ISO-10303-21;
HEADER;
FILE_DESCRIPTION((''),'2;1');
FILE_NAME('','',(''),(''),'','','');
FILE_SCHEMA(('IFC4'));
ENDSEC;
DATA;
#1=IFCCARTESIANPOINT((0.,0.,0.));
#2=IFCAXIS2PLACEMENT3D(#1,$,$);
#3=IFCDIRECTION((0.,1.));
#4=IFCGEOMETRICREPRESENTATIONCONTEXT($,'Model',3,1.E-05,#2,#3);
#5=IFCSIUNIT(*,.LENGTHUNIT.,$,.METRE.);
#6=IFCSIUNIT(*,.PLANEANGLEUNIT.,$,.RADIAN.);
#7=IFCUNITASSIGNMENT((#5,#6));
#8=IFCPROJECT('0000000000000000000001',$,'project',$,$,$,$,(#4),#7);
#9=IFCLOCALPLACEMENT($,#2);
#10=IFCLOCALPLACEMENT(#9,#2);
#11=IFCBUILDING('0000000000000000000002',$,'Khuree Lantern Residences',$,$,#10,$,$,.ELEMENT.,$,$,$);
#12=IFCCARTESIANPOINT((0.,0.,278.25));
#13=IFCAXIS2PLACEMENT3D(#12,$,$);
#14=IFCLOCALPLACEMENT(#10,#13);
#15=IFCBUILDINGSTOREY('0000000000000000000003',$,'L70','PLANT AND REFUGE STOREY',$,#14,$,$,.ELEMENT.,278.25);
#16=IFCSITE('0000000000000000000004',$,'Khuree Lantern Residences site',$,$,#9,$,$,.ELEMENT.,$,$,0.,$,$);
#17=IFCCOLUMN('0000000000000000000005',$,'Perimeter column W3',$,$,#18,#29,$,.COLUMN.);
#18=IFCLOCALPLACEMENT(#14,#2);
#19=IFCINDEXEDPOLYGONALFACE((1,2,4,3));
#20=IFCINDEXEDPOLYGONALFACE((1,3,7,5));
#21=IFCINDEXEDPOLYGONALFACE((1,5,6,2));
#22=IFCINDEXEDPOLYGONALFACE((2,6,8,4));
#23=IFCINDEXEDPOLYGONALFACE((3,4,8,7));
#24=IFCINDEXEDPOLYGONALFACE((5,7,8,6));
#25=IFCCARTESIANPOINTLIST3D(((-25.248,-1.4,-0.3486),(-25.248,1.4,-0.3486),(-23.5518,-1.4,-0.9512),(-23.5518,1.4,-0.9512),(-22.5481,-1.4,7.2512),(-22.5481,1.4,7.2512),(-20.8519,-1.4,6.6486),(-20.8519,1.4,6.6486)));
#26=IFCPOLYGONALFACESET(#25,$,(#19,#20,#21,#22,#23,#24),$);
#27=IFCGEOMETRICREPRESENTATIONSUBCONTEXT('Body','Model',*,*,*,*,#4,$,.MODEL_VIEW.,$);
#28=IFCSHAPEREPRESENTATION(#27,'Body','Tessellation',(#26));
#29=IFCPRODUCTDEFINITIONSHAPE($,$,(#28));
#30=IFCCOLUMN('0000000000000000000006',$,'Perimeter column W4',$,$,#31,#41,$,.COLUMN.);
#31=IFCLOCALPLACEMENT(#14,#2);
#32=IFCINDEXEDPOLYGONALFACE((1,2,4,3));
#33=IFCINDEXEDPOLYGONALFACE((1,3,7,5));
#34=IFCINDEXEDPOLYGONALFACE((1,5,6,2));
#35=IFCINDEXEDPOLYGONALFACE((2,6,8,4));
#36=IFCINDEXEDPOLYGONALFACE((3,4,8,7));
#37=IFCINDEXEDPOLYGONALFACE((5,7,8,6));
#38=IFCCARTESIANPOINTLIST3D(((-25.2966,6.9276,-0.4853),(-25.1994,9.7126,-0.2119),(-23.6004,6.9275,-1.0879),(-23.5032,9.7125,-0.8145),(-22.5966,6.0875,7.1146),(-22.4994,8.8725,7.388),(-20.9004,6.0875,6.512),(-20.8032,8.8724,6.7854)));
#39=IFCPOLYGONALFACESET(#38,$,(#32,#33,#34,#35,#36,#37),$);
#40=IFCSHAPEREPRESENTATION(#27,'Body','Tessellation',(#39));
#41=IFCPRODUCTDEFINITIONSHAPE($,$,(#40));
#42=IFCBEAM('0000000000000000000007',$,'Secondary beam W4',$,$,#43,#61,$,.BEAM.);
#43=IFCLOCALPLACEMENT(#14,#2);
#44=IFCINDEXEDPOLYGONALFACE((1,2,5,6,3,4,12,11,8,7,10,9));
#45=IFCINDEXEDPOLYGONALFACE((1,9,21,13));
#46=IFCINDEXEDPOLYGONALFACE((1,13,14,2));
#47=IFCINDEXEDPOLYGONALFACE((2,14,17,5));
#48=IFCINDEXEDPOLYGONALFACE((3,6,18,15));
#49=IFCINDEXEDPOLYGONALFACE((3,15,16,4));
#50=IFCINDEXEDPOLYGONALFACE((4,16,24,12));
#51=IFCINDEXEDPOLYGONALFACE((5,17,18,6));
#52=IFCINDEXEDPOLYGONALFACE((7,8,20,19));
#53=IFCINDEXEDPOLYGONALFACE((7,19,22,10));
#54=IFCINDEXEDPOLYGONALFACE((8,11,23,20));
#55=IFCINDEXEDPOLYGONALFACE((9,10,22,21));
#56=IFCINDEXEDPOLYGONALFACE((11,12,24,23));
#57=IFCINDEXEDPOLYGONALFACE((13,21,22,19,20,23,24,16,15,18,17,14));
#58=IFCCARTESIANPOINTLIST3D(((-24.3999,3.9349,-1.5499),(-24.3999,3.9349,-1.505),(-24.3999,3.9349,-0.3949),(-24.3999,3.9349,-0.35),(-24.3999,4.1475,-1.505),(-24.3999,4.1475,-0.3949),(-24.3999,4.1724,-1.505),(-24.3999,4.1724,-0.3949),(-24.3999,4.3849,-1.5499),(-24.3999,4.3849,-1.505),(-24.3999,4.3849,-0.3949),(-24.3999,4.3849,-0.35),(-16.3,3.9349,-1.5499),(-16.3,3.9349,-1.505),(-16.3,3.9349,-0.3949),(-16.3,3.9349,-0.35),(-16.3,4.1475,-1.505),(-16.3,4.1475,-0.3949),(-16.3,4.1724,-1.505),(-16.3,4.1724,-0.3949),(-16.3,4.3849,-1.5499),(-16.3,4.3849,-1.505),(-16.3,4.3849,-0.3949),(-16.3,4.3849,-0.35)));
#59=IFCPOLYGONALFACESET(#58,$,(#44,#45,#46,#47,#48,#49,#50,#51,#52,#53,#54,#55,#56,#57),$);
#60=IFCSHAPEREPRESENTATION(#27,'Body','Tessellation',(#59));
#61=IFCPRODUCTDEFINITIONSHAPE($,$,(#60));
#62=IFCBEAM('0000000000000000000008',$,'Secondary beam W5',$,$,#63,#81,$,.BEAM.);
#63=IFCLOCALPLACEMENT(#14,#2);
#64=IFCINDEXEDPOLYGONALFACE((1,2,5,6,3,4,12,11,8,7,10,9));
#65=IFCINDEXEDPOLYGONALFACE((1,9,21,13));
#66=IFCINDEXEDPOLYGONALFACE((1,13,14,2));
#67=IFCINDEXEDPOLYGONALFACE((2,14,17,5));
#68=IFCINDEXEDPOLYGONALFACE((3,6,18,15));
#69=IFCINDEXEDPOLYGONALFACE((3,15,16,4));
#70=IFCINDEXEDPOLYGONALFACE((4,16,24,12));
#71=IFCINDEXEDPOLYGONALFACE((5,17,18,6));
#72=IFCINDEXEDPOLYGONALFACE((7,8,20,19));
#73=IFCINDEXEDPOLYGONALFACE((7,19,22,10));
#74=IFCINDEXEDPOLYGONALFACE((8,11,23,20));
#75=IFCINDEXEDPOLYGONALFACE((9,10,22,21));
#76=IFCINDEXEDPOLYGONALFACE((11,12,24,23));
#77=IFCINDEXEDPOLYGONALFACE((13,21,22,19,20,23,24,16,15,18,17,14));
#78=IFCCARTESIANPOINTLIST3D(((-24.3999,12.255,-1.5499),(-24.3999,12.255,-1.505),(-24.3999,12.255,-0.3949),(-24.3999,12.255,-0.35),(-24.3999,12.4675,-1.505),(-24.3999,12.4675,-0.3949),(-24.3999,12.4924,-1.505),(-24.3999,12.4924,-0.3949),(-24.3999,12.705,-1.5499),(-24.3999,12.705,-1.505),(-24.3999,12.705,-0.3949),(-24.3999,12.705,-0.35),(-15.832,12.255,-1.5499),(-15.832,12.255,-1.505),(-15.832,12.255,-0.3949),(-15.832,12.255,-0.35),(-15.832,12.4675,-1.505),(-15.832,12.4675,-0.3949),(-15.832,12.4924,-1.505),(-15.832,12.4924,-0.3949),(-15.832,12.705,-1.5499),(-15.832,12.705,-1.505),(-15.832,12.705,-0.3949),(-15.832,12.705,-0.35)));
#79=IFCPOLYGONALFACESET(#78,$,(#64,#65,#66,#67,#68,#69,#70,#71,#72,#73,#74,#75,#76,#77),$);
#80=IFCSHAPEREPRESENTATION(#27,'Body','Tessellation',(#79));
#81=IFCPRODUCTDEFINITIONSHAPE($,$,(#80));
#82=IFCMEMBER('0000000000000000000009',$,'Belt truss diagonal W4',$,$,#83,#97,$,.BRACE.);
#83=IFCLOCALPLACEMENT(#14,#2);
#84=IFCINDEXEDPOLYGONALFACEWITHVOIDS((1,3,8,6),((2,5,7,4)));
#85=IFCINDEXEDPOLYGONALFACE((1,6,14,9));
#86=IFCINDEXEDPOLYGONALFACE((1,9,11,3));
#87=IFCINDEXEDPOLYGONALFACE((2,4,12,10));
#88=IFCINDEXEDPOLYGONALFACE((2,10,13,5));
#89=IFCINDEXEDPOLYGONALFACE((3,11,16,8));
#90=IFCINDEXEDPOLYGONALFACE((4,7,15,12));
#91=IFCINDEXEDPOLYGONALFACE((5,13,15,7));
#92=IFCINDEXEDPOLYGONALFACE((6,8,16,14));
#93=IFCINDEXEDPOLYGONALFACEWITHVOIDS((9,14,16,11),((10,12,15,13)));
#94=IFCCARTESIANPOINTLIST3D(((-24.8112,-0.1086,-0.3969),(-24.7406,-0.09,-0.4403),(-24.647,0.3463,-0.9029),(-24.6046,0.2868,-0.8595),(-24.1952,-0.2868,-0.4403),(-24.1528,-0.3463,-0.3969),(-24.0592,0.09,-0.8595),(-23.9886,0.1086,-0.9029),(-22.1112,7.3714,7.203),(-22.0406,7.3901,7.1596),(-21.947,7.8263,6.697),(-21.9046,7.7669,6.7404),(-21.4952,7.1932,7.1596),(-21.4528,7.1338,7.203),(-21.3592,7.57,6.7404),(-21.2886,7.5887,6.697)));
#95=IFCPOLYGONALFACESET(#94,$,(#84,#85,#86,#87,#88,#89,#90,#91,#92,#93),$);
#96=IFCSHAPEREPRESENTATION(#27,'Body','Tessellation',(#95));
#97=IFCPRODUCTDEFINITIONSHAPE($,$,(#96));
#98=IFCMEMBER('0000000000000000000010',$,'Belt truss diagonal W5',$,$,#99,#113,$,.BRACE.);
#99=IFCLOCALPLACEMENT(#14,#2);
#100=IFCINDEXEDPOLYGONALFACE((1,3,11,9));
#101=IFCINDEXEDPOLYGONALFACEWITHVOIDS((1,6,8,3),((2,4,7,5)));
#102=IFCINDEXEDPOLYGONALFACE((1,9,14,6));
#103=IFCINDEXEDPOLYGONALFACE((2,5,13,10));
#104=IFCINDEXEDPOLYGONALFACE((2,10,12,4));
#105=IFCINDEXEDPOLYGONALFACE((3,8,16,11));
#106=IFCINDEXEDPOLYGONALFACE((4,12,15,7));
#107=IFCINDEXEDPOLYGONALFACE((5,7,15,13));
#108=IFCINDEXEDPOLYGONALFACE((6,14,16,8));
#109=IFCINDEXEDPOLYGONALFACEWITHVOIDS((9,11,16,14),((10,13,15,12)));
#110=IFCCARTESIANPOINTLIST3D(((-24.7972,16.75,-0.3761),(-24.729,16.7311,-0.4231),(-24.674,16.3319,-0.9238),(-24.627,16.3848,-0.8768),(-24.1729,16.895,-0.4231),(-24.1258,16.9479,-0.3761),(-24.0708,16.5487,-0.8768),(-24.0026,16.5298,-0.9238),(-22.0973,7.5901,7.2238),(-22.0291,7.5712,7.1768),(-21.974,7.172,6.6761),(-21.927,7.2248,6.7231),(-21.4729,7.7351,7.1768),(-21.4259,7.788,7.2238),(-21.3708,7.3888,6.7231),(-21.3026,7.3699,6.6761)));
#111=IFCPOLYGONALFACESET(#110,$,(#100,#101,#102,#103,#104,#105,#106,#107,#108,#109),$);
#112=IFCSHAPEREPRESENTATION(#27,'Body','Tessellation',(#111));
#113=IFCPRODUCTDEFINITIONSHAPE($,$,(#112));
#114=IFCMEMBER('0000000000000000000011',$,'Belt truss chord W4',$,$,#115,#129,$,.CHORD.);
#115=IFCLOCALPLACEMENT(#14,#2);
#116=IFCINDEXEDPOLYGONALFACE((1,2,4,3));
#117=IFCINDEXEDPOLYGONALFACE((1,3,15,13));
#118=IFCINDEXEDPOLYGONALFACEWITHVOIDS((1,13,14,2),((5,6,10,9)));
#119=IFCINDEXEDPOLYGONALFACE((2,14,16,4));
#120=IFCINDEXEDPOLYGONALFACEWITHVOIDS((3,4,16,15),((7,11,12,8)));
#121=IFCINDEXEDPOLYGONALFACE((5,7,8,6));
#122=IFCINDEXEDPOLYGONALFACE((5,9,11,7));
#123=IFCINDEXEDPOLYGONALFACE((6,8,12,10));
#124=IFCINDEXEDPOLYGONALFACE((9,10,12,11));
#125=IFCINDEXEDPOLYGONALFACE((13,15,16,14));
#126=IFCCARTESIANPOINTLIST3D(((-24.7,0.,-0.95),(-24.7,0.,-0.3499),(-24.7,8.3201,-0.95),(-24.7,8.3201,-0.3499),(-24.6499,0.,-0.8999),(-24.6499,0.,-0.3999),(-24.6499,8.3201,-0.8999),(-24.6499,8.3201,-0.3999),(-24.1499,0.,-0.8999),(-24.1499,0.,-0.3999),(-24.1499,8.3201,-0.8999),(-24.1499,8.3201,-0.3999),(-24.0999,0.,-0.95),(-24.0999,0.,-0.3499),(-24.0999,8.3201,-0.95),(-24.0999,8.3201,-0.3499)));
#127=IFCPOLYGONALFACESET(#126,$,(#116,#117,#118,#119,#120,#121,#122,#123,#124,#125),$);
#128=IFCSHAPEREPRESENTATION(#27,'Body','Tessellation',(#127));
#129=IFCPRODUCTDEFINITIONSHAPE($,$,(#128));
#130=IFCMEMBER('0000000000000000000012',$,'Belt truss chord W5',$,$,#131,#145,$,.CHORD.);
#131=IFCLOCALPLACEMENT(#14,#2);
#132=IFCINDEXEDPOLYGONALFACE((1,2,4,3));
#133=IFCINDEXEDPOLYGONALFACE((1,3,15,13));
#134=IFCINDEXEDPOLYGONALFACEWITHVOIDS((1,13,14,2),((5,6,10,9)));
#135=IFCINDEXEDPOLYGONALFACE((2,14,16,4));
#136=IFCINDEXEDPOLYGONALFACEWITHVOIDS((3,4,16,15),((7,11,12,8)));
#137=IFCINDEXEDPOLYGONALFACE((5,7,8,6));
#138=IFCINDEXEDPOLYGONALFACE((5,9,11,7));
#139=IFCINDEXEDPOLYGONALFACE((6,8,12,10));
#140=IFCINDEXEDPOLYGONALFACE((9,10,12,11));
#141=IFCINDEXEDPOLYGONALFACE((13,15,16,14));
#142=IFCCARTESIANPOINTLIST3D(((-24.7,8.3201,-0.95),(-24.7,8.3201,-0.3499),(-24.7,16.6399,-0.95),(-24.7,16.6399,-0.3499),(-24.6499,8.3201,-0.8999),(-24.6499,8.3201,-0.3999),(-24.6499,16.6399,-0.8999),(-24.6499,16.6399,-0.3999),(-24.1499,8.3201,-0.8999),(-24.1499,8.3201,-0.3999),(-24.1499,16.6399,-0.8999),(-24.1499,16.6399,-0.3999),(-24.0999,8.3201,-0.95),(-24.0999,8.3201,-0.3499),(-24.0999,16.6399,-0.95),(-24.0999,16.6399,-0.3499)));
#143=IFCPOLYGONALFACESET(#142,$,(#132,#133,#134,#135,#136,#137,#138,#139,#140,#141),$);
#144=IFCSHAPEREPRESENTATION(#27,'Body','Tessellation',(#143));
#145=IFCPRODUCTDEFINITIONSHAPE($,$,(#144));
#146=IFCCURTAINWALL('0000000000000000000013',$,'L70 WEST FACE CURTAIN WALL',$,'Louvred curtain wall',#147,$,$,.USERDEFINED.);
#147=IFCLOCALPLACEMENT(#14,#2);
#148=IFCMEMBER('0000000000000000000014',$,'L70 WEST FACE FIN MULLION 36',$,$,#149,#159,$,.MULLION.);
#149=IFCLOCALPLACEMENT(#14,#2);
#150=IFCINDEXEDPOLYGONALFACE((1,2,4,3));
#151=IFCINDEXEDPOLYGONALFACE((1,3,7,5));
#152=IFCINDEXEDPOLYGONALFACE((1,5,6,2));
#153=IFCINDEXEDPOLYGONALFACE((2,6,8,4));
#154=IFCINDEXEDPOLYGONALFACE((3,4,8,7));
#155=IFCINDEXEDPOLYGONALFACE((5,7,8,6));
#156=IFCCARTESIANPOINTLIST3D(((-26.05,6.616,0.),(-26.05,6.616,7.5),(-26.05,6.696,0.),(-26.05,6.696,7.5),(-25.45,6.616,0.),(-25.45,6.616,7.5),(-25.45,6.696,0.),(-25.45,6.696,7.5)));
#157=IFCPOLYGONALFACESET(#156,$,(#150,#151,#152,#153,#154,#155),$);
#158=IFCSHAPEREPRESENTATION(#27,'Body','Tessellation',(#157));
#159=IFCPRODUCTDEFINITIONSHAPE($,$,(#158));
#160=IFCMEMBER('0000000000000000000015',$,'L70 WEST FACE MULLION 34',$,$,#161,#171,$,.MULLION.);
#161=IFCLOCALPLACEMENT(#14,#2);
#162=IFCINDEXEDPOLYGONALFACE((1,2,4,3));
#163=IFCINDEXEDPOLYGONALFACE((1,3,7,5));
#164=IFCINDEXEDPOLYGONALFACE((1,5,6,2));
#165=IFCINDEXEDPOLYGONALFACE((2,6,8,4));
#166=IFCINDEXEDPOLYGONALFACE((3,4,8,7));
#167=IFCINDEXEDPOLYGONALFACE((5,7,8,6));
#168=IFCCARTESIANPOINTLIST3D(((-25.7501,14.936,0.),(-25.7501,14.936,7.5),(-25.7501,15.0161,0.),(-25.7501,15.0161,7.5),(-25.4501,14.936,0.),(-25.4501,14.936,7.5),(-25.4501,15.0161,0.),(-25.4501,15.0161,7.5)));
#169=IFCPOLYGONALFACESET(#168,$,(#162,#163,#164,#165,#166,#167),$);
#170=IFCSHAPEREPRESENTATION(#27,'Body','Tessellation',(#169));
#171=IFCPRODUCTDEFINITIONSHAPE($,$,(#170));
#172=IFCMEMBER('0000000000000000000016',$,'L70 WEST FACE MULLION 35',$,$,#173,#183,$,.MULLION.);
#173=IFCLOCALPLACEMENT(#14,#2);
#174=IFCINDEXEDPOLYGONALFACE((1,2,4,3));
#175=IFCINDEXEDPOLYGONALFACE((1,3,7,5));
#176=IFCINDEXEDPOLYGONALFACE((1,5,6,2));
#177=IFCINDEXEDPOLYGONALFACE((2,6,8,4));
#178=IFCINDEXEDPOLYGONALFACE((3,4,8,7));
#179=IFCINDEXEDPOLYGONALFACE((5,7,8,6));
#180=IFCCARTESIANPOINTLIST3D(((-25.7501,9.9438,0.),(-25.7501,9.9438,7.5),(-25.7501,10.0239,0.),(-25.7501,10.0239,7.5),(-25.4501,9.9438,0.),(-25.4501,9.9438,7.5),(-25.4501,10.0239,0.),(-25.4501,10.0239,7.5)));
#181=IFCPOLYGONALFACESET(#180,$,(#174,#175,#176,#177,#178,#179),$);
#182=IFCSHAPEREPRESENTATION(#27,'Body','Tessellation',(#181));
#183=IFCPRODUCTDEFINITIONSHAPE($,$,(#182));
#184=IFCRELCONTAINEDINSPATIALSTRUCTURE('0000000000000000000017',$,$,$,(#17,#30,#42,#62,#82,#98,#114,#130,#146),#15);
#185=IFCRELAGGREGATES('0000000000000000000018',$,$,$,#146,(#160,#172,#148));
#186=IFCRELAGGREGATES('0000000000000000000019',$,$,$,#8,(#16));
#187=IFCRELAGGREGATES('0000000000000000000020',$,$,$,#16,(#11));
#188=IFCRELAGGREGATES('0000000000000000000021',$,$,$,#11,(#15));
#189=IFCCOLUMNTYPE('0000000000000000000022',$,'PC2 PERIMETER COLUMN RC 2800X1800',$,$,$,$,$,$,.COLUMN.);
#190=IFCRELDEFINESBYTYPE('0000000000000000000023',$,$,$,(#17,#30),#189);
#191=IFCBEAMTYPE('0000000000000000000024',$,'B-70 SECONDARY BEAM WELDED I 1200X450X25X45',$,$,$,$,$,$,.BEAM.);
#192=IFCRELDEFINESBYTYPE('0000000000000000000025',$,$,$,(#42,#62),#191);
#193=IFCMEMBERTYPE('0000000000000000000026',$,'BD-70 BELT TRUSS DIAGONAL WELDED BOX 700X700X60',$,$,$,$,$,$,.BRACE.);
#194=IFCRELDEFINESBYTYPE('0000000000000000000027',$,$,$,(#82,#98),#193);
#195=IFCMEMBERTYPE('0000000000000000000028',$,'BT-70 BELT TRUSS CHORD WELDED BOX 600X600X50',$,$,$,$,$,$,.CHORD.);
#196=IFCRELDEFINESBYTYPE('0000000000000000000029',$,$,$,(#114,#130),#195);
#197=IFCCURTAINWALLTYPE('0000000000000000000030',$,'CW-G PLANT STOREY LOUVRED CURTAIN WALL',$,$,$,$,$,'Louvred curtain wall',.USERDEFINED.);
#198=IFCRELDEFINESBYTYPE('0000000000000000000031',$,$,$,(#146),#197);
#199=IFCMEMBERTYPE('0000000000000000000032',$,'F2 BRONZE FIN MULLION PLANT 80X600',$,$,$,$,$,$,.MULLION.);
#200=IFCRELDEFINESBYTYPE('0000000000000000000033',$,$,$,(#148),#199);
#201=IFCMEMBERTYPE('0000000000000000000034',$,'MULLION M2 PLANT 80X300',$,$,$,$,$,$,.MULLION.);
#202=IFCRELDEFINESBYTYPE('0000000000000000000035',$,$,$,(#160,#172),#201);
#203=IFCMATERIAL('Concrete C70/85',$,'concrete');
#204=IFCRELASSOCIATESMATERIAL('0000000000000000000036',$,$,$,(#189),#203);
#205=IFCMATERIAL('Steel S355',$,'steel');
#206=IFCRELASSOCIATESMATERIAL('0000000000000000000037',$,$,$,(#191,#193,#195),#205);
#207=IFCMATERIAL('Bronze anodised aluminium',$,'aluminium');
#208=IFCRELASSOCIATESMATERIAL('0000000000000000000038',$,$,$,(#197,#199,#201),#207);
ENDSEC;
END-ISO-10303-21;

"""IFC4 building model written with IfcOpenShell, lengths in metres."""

from ifc_helpers import new_model, si_unit, direction, frame, origin, origin_2d, place, context, subcontext, project, spatial, rectangle, hollow_rectangle, i_section, extrude, material, material_profile, profile_set, type_object, element, aggregate, save


model = new_model("IFC4")

# Units and contexts
model_context = context("Model", 3, precision=1e-05, world=origin(), true_north=direction((0.0, 1.0)))
body_context = subcontext(model_context, "Body", "Model", "MODEL_VIEW")
ifc_project = project(units=[si_unit("LENGTHUNIT", "METRE"), si_unit("PLANEANGLEUNIT", "RADIAN")], contexts=[model_context])

# Site, building, storey
site_placement = place(None, origin())
site = spatial("IfcSite", under=ifc_project, at=site_placement, Name="Khuree Lantern Residences site", CompositionType="ELEMENT", RefElevation=0.0)
building_placement = place(site_placement, origin())
building = spatial("IfcBuilding", under=site, at=building_placement, Name="Khuree Lantern Residences", CompositionType="ELEMENT")
storey_placement = place(building_placement, frame((0.0, 0.0, 278.25)))
storey = spatial("IfcBuildingStorey", under=building, at=storey_placement, Name="L70", Description="PLANT AND REFUGE STOREY", CompositionType="ELEMENT", Elevation=278.25)

# Columns
ifc_material_1 = material(Name="Concrete C70/85", Category="concrete")
ifc_material_profile_1 = material_profile(ifc_material_1, rectangle(XDim=2.8, YDim=1.8, at=origin_2d()), Name="RC 2800X1800")
ifc_profile_set_1 = profile_set([ifc_material_profile_1], Name="Concrete C70/85")
column_type = type_object("IfcColumnType", Name="PC2 PERIMETER COLUMN RC 2800X1800", PredefinedType="COLUMN", material=ifc_profile_set_1)
column_1_placement = place(storey_placement, frame((-24.3999, 0.0, -0.6499), z_axis=(0.334765, 0.0, 0.942302), x_axis=(0.0, 1.0, 0.0)))
element("IfcColumn", 1, at=column_1_placement, inside=storey, type_object=column_type, Name="Perimeter column W3", PredefinedType="COLUMN", context=body_context, shape_type="SweptSolid", body=[
    extrude(rectangle(XDim=2.8, YDim=1.8, at=origin_2d()), origin(), (0.0, 0.0, 1.0), 8.0652),
])
column_2_placement = place(storey_placement, frame((-24.3999, 8.3201, -0.6499), z_axis=(0.332964, -0.103602, 0.937231), x_axis=(0.034713, 0.994619, 0.097613)))
element("IfcColumn", 2, at=column_2_placement, inside=storey, type_object=column_type, Name="Perimeter column W4", PredefinedType="COLUMN", context=body_context, shape_type="SweptSolid", body=[
    extrude(rectangle(XDim=2.8, YDim=1.8, at=origin_2d()), origin(), (0.0, 0.0, 1.0), 8.1089),
])

# Beams
ifc_material_2 = material(Name="Steel S355", Category="steel")
ifc_material_profile_2 = material_profile(ifc_material_2, i_section(OverallWidth=0.45, OverallDepth=1.2, WebThickness=0.0249, FlangeThickness=0.0449, at=origin_2d()), Name="WELDED I 1200X450X25X45")
ifc_profile_set_2 = profile_set([ifc_material_profile_2], Name="Steel S355")
beam_type = type_object("IfcBeamType", Name="B-70 SECONDARY BEAM WELDED I 1200X450X25X45", PredefinedType="BEAM", material=ifc_profile_set_2)
beam_1_placement = place(storey_placement, frame((-24.3999, 4.1599, -0.95), z_axis=(1.0, 0.0, 0.0), x_axis=(0.0, 1.0, 0.0)))
element("IfcBeam", 3, at=beam_1_placement, inside=storey, type_object=beam_type, Name="Secondary beam W4", PredefinedType="BEAM", context=body_context, shape_type="SweptSolid", body=[
    extrude(i_section(OverallWidth=0.45, OverallDepth=1.2, WebThickness=0.0249, FlangeThickness=0.0449, at=origin_2d()), origin(), (0.0, 0.0, 1.0), 8.0999),
])
beam_2_placement = place(storey_placement, frame((-24.3999, 12.48, -0.95), z_axis=(1.0, 0.0, 0.0), x_axis=(0.0, 1.0, 0.0)))
element("IfcBeam", 4, at=beam_2_placement, inside=storey, type_object=beam_type, Name="Secondary beam W5", PredefinedType="BEAM", context=body_context, shape_type="SweptSolid", body=[
    extrude(i_section(OverallWidth=0.45, OverallDepth=1.2, WebThickness=0.0249, FlangeThickness=0.0449, at=origin_2d()), origin(), (0.0, 0.0, 1.0), 8.5679),
])

# Members
ifc_material_profile_3 = material_profile(ifc_material_2, hollow_rectangle(XDim=0.7, YDim=0.7, WallThickness=0.0601, at=origin_2d()), Name="WELDED BOX 700X700X60")
ifc_profile_set_3 = profile_set([ifc_material_profile_3], Name="Steel S355")
member_type_1 = type_object("IfcMemberType", Name="BD-70 BELT TRUSS DIAGONAL WELDED BOX 700X700X60", PredefinedType="BRACE", material=ifc_profile_set_3)
member_1_placement = place(storey_placement, frame((-24.3999, 0.0, -0.6499), z_axis=(0.245453, 0.680005, 0.690903), x_axis=(-0.9406, 0.339516, 0.0)))
element("IfcMember", 5, at=member_1_placement, inside=storey, type_object=member_type_1, Name="Belt truss diagonal W4", PredefinedType="BRACE", context=body_context, shape_type="SweptSolid", body=[
    extrude(hollow_rectangle(XDim=0.7, YDim=0.7, WallThickness=0.0601, at=origin_2d()), origin(), (0.0, 0.0, 1.0), 11.0),
])
member_2_placement = place(storey_placement, frame((-21.7, 7.48, 6.95), z_axis=(-0.221225, 0.750531, -0.622706), x_axis=(-0.959199, -0.282731, 0.0)))
element("IfcMember", 6, at=member_2_placement, inside=storey, type_object=member_type_1, Name="Belt truss diagonal W5", PredefinedType="BRACE", context=body_context, shape_type="SweptSolid", body=[
    extrude(hollow_rectangle(XDim=0.7, YDim=0.7, WallThickness=0.0601, at=origin_2d()), origin(), (0.0, 0.0, 1.0), 12.2046),
])
ifc_material_profile_4 = material_profile(ifc_material_2, hollow_rectangle(XDim=0.6001, YDim=0.6001, WallThickness=0.05, at=origin_2d()), Name="WELDED BOX 600X600X50")
ifc_profile_set_4 = profile_set([ifc_material_profile_4], Name="Steel S355")
member_type_2 = type_object("IfcMemberType", Name="BT-70 BELT TRUSS CHORD WELDED BOX 600X600X50", PredefinedType="CHORD", material=ifc_profile_set_4)
member_3_placement = place(storey_placement, frame((-24.3999, 0.0, -0.6499), z_axis=(0.0, 1.0, 0.0), x_axis=(-1.0, 0.0, 0.0)))
element("IfcMember", 7, at=member_3_placement, inside=storey, type_object=member_type_2, Name="Belt truss chord W4", PredefinedType="CHORD", context=body_context, shape_type="SweptSolid", body=[
    extrude(hollow_rectangle(XDim=0.6001, YDim=0.6001, WallThickness=0.05, at=origin_2d()), origin(), (0.0, 0.0, 1.0), 8.3201),
])
member_4_placement = place(storey_placement, frame((-24.3999, 8.3201, -0.6499), z_axis=(0.0, 1.0, 0.0), x_axis=(-1.0, 0.0, 0.0)))
element("IfcMember", 8, at=member_4_placement, inside=storey, type_object=member_type_2, Name="Belt truss chord W5", PredefinedType="CHORD", context=body_context, shape_type="SweptSolid", body=[
    extrude(hollow_rectangle(XDim=0.6001, YDim=0.6001, WallThickness=0.05, at=origin_2d()), origin(), (0.0, 0.0, 1.0), 8.3198),
])

# Curtain wall, members
ifc_material_3 = material(Name="Bronze anodised aluminium", Category="aluminium")
curtain_wall_type = type_object("IfcCurtainWallType", Name="CW-G PLANT STOREY LOUVRED CURTAIN WALL", ElementType="Louvred curtain wall", PredefinedType="USERDEFINED", material=ifc_material_3)
curtain_wall_placement = place(storey_placement, origin())
curtain_wall = element("IfcCurtainWall", 9, at=curtain_wall_placement, inside=storey, type_object=curtain_wall_type, Name="L70 WEST FACE CURTAIN WALL", ObjectType="Louvred curtain wall", PredefinedType="USERDEFINED")
ifc_material_profile_5 = material_profile(ifc_material_3, rectangle(XDim=0.0801, YDim=0.6001, at=origin_2d()), Name="F2 80X600")
ifc_profile_set_5 = profile_set([ifc_material_profile_5], Name="Bronze anodised aluminium")
member_type_3 = type_object("IfcMemberType", Name="F2 BRONZE FIN MULLION PLANT 80X600", PredefinedType="MULLION", material=ifc_profile_set_5)
member_5_placement = place(storey_placement, frame((-25.75, 6.656, 0.0), z_axis=(0.0, 0.0, 1.0), x_axis=(0.0, -1.0, 0.0)))
member_5 = element("IfcMember", 10, at=member_5_placement, type_object=member_type_3, Name="L70 WEST FACE FIN MULLION 36", PredefinedType="MULLION", context=body_context, shape_type="SweptSolid", body=[
    extrude(rectangle(XDim=0.0801, YDim=0.6001, at=origin_2d()), origin(), (0.0, 0.0, 1.0), 7.5),
])
ifc_material_profile_6 = material_profile(ifc_material_3, rectangle(XDim=0.0801, YDim=0.3, at=origin_2d()), Name="M2 80X300")
ifc_profile_set_6 = profile_set([ifc_material_profile_6], Name="Bronze anodised aluminium")
member_type_4 = type_object("IfcMemberType", Name="MULLION M2 PLANT 80X300", PredefinedType="MULLION", material=ifc_profile_set_6)
member_6_placement = place(storey_placement, frame((-25.6001, 14.9761, 0.0), z_axis=(0.0, 0.0, 1.0), x_axis=(0.0, -1.0, 0.0)))
member_6 = element("IfcMember", 11, at=member_6_placement, type_object=member_type_4, Name="L70 WEST FACE MULLION 34", PredefinedType="MULLION", context=body_context, shape_type="SweptSolid", body=[
    extrude(rectangle(XDim=0.0801, YDim=0.3, at=origin_2d()), origin(), (0.0, 0.0, 1.0), 7.5),
])
member_7_placement = place(storey_placement, frame((-25.6001, 9.9839, 0.0), z_axis=(0.0, 0.0, 1.0), x_axis=(0.0, -1.0, 0.0)))
member_7 = element("IfcMember", 12, at=member_7_placement, type_object=member_type_4, Name="L70 WEST FACE MULLION 35", PredefinedType="MULLION", context=body_context, shape_type="SweptSolid", body=[
    extrude(rectangle(XDim=0.0801, YDim=0.3, at=origin_2d()), origin(), (0.0, 0.0, 1.0), 7.5),
])

aggregate(curtain_wall, [member_6, member_7, member_5])

save(model, "model.ifc")
